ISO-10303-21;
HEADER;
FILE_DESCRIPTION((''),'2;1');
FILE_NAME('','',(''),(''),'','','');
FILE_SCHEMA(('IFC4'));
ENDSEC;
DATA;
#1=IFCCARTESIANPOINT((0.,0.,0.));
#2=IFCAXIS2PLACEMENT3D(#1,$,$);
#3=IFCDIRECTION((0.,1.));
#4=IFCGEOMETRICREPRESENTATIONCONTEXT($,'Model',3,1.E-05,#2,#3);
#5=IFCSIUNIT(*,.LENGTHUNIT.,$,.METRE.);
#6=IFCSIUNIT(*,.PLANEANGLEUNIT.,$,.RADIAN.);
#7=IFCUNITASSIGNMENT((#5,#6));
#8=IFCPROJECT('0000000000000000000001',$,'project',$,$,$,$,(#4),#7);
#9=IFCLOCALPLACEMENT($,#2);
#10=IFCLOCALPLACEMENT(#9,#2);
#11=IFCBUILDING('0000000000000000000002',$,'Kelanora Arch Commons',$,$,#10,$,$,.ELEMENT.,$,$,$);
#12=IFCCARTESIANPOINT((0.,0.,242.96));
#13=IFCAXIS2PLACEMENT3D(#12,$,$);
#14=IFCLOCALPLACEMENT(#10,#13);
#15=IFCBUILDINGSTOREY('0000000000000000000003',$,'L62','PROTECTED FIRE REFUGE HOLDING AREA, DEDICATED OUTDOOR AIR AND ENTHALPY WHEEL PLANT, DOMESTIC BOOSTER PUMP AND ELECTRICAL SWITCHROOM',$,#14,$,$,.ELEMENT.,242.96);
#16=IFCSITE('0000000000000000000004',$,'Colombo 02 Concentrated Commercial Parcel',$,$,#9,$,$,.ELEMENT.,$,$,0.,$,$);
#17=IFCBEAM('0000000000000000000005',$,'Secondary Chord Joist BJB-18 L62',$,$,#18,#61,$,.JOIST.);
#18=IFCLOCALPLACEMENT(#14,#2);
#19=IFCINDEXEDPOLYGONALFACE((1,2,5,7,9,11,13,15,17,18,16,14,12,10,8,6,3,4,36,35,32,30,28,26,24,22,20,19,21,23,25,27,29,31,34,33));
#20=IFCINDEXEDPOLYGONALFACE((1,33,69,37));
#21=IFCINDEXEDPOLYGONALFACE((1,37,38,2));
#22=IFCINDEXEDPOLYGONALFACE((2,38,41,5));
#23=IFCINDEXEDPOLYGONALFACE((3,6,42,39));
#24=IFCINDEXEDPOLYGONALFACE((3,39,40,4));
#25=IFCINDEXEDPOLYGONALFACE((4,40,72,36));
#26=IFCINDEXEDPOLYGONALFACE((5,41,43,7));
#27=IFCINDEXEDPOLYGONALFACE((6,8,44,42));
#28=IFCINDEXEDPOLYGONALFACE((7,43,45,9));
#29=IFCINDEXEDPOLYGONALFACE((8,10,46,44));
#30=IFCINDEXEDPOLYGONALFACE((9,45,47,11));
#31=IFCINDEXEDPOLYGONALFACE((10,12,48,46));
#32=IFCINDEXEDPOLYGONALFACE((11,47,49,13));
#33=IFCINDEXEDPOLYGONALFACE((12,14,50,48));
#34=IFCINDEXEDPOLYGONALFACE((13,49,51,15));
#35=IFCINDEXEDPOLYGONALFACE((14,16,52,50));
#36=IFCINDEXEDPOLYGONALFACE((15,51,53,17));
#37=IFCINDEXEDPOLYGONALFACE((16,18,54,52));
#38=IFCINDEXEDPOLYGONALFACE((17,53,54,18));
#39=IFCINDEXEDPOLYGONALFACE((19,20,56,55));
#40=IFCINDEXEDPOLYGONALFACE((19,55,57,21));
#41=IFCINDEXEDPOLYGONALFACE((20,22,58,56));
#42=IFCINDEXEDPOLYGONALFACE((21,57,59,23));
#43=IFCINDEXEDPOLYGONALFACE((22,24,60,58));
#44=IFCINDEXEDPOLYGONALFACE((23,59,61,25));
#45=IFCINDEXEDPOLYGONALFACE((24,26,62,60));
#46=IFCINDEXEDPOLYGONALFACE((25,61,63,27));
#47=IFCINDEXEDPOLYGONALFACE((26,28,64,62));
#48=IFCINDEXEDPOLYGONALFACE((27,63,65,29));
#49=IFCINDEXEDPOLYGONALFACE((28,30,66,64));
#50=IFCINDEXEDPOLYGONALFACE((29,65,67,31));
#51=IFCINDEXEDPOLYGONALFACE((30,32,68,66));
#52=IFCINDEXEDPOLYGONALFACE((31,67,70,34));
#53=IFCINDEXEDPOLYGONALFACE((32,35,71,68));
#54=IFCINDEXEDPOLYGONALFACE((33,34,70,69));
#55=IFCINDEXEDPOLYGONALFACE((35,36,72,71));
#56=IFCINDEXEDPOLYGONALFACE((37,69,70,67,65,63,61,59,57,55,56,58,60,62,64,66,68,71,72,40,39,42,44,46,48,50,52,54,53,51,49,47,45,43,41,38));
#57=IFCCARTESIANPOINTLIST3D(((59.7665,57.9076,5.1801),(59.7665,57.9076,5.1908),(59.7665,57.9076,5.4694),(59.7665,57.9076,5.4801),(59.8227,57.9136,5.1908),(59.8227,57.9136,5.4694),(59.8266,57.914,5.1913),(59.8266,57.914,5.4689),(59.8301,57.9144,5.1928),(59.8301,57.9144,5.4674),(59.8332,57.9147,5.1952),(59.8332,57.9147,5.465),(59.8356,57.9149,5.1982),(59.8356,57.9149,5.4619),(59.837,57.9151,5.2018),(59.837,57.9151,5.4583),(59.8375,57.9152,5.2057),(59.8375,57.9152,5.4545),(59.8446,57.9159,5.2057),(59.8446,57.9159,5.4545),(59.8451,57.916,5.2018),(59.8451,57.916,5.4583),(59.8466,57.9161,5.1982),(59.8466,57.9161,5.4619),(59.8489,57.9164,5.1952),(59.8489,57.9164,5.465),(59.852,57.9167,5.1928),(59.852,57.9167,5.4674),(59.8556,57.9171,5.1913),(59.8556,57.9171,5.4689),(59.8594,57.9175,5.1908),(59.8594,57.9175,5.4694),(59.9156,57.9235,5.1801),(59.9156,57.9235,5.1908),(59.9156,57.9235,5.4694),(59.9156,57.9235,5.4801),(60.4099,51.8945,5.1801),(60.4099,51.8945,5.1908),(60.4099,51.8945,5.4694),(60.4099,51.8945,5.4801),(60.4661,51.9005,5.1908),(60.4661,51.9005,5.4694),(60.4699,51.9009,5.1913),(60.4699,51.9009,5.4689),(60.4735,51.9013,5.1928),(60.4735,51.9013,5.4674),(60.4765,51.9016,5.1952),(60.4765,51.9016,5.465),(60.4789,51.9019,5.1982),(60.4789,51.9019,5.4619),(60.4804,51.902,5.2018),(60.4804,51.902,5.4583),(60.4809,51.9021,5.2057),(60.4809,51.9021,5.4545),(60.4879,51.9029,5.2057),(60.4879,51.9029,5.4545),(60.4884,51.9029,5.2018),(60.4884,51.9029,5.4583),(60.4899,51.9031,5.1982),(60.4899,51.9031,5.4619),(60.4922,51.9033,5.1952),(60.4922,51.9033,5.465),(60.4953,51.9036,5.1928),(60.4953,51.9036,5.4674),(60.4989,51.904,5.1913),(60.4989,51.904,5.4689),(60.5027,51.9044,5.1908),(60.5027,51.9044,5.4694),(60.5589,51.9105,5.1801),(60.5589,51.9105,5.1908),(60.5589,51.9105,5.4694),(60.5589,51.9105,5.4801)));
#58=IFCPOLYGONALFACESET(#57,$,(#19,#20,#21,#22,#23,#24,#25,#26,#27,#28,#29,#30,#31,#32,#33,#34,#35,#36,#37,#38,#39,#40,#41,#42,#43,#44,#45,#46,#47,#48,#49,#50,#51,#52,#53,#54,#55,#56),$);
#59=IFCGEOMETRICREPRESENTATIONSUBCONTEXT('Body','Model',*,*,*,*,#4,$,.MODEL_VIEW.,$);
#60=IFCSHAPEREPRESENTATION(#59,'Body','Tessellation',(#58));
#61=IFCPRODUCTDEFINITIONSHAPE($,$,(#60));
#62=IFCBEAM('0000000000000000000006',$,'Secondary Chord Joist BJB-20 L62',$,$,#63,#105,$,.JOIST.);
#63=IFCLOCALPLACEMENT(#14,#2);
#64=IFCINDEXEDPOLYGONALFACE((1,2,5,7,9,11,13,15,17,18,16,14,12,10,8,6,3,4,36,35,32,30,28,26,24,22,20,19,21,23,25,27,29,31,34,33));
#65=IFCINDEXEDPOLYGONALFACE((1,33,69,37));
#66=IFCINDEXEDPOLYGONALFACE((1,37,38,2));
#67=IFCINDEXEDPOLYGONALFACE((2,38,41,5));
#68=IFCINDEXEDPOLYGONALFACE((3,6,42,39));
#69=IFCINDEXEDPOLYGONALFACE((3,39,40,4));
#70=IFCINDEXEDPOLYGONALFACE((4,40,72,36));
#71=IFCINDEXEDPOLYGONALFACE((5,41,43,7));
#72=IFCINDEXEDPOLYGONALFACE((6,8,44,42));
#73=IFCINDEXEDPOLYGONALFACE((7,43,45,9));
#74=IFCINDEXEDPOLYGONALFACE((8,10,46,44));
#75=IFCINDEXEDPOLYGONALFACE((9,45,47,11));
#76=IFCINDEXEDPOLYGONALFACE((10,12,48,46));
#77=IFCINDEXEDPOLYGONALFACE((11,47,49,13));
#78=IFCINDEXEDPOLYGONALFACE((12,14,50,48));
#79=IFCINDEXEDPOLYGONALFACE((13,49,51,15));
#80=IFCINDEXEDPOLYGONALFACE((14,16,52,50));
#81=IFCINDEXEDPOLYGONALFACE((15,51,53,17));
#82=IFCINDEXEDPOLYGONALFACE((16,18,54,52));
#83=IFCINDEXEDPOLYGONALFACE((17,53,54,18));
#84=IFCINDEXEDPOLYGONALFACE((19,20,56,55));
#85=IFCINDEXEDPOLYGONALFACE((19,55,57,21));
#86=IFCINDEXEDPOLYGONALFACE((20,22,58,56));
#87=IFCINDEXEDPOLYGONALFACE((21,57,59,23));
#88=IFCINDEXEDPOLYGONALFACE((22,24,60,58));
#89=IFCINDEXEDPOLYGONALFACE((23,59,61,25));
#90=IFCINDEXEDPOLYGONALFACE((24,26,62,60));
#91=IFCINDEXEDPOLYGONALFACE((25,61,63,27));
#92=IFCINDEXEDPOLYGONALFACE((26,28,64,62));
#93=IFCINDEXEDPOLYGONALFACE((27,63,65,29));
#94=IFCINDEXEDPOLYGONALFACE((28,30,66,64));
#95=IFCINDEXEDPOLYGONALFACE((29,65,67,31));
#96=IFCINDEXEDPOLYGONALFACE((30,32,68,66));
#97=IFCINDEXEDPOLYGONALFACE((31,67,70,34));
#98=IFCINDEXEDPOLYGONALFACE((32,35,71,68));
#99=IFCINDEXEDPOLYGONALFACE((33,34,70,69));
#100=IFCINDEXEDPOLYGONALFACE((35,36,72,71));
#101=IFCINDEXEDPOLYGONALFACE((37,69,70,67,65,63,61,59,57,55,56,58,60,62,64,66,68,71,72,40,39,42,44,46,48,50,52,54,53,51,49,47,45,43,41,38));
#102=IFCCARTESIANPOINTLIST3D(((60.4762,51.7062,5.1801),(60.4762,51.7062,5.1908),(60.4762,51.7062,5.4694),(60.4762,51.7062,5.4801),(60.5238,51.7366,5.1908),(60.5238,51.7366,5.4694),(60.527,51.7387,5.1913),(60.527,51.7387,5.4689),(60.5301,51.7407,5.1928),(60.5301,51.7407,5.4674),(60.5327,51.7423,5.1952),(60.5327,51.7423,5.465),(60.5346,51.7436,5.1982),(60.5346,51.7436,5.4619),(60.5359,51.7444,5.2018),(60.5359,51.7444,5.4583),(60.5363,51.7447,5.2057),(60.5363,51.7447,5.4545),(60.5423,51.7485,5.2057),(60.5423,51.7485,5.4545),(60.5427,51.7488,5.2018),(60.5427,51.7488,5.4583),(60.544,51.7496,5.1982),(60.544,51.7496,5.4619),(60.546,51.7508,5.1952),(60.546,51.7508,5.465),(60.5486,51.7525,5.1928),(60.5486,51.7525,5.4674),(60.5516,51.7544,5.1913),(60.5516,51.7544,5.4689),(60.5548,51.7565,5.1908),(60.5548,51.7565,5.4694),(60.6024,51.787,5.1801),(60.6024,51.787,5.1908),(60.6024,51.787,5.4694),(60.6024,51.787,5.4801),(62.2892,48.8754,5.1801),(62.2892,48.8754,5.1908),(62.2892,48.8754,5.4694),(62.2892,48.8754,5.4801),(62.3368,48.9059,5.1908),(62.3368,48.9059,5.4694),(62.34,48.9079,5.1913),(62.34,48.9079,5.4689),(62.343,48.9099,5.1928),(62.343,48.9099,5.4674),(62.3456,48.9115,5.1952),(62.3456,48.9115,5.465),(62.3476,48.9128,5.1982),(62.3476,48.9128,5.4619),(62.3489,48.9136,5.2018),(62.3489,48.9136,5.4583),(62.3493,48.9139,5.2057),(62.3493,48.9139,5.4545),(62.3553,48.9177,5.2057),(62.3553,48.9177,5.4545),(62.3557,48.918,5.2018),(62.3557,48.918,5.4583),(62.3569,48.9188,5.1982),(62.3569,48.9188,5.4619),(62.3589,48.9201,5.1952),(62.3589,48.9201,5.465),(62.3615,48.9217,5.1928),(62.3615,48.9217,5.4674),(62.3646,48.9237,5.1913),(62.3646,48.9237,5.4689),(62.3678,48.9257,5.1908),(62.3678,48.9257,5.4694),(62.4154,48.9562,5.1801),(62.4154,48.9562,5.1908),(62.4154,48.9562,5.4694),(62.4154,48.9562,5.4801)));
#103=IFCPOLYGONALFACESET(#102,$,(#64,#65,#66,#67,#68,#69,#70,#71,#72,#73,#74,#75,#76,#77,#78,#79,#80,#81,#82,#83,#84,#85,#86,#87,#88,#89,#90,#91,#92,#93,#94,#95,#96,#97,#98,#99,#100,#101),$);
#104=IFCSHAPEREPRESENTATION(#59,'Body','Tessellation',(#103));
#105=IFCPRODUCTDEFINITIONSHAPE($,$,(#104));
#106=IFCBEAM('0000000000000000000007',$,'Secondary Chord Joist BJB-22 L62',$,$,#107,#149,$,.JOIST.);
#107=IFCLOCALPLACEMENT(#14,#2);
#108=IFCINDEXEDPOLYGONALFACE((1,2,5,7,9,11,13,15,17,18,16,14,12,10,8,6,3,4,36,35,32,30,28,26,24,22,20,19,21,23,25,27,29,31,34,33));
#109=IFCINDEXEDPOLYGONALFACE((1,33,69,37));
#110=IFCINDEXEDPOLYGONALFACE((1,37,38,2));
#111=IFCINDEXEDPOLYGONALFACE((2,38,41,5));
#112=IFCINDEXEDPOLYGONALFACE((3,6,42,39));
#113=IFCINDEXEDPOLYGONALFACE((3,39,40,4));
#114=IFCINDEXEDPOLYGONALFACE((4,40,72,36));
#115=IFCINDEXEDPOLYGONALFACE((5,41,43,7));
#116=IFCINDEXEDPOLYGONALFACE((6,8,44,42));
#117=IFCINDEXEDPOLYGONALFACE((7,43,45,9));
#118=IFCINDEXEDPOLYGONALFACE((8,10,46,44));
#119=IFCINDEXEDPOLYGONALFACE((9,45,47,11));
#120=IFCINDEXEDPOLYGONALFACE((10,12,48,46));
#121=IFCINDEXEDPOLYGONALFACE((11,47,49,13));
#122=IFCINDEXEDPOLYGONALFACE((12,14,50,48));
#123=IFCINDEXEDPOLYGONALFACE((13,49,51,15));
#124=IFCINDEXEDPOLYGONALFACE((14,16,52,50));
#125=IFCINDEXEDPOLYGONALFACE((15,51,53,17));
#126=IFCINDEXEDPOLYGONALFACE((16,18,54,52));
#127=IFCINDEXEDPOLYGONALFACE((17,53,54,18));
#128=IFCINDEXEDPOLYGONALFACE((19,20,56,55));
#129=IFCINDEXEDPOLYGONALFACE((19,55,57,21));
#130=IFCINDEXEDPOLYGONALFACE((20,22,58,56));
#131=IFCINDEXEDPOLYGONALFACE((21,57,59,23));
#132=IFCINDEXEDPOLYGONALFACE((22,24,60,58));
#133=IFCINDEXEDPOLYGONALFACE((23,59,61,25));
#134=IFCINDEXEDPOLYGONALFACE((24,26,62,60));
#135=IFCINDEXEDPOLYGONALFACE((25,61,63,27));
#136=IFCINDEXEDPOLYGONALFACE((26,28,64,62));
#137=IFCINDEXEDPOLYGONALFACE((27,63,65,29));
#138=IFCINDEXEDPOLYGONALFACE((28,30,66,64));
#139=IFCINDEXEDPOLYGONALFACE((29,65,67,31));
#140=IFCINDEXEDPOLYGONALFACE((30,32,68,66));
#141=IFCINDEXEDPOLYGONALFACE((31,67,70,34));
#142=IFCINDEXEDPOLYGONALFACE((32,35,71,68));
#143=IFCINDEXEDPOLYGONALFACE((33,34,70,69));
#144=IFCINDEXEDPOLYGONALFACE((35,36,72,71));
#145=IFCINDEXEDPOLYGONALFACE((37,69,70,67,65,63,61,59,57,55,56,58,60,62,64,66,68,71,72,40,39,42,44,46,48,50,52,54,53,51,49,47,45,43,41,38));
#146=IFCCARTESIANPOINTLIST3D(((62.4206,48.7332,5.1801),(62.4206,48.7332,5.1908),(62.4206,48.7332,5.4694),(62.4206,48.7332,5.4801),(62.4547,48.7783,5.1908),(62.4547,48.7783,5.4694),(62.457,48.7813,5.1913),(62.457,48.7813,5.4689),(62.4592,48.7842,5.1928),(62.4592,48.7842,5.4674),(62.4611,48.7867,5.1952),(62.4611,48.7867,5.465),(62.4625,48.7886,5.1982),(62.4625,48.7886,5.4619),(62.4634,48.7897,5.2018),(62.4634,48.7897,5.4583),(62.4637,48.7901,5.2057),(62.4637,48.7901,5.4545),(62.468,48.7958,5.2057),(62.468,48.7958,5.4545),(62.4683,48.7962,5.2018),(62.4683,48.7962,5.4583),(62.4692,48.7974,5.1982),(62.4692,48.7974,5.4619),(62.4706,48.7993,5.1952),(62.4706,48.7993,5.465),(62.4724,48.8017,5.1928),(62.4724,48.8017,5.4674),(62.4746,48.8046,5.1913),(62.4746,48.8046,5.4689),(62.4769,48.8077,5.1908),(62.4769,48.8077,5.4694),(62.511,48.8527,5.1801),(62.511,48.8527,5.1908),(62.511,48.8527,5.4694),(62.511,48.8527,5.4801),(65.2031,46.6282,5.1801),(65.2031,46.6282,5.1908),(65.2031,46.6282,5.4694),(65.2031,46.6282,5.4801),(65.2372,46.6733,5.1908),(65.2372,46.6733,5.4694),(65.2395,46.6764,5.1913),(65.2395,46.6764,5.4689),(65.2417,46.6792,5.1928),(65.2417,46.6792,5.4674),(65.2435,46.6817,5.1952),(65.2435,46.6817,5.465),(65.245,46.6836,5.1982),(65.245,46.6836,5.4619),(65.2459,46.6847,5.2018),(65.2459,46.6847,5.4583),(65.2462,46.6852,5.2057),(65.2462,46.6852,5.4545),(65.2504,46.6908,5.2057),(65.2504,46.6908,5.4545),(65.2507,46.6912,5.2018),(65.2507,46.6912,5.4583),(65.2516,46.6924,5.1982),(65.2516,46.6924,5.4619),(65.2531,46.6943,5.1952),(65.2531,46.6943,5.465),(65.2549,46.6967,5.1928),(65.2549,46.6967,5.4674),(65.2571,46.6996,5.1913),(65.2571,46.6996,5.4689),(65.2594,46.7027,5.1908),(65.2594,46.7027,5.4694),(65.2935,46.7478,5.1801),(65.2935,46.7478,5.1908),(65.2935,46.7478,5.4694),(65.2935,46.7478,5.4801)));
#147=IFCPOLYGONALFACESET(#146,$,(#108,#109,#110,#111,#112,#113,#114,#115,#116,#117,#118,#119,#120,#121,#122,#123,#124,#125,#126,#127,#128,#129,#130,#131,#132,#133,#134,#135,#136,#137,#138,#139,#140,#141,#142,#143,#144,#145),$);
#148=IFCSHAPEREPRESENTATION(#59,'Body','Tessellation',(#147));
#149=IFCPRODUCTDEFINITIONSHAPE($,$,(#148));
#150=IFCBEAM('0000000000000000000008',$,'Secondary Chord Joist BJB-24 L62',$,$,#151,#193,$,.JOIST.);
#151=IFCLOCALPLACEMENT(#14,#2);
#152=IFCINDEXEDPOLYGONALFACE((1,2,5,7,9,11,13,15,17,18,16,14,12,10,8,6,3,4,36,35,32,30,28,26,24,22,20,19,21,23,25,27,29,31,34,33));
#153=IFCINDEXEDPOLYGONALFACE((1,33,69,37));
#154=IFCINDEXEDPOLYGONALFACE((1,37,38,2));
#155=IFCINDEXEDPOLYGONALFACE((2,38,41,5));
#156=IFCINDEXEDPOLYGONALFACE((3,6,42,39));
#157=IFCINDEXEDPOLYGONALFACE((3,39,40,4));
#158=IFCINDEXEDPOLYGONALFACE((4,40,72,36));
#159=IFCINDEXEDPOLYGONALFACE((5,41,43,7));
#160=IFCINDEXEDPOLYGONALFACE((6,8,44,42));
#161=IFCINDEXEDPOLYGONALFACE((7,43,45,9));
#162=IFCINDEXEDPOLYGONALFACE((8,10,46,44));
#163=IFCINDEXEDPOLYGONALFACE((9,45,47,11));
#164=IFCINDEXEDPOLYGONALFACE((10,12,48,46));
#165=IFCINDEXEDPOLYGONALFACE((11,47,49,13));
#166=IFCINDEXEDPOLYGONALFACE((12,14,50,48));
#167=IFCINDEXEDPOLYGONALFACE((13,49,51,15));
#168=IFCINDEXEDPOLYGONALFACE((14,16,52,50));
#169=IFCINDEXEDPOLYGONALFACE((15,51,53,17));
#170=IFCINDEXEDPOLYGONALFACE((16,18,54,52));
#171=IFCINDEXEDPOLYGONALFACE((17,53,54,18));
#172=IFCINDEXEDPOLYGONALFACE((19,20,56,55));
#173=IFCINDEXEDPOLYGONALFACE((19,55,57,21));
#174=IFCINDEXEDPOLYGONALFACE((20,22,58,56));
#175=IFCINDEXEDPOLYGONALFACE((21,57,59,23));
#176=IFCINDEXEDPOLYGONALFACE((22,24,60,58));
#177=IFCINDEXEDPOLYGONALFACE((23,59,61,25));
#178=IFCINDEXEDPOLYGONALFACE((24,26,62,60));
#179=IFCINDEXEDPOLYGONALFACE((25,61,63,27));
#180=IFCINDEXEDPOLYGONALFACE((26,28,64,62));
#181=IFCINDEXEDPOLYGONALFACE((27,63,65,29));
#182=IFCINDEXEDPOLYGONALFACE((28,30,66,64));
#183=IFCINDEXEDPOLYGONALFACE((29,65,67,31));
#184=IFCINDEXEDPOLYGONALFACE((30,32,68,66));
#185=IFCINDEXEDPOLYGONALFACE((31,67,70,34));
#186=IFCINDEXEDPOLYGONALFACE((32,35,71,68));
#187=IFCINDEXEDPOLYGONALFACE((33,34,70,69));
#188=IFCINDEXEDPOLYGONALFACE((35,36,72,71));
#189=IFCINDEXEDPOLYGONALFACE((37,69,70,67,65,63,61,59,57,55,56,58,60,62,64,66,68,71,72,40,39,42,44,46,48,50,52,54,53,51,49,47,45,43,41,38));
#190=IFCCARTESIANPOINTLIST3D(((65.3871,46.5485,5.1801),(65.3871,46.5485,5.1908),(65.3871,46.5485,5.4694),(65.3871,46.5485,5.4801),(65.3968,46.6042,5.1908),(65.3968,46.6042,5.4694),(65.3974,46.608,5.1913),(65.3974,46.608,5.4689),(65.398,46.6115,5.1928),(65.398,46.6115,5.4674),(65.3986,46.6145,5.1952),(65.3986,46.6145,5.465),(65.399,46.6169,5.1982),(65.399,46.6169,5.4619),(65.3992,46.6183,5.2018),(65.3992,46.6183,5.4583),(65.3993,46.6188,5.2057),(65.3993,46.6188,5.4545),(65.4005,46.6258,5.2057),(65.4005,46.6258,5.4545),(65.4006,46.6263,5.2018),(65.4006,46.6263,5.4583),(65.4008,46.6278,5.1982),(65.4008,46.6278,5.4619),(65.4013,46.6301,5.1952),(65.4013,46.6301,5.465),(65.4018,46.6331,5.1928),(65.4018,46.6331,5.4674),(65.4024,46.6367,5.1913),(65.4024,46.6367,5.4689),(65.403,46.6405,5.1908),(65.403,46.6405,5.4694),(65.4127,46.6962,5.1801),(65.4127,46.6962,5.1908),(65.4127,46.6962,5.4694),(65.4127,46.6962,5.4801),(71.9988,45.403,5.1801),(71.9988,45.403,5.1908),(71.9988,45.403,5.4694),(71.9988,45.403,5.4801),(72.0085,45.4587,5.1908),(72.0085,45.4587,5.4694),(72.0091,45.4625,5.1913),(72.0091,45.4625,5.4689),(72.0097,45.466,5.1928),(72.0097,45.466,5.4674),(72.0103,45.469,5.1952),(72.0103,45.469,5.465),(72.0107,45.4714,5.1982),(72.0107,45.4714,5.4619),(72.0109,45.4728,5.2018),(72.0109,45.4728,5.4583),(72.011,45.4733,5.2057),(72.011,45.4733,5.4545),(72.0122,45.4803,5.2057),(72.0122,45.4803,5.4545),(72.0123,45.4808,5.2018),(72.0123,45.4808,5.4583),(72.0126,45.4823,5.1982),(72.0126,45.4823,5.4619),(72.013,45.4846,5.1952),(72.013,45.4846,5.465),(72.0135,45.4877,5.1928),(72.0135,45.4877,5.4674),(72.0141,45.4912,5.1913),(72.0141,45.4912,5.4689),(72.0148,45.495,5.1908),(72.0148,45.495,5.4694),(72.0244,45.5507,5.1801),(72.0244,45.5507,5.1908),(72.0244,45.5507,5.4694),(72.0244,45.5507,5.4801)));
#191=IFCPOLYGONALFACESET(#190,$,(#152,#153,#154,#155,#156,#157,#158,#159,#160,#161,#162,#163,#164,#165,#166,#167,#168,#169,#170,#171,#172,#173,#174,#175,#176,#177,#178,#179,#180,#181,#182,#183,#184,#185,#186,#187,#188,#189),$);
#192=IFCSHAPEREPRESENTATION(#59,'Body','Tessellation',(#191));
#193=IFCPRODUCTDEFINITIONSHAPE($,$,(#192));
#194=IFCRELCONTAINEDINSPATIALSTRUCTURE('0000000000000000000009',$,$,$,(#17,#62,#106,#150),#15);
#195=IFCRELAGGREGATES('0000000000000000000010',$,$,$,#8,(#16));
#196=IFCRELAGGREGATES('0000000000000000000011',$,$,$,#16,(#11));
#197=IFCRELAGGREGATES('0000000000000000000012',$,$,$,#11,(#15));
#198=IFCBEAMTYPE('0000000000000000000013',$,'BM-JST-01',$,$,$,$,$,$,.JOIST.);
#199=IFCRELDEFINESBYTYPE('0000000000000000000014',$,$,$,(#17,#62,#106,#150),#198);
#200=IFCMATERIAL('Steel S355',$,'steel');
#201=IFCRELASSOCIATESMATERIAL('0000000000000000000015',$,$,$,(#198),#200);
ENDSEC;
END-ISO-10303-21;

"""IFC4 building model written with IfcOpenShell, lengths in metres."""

from ifc_helpers import new_model, si_unit, direction, frame, origin, origin_2d, place, context, subcontext, project, spatial, i_section, extrude, material, material_profile, profile_set, type_object, element, save


model = new_model("IFC4")

# Units and contexts
model_context = context("Model", 3, precision=1e-05, world=origin(), true_north=direction((0.0, 1.0)))
body_context = subcontext(model_context, "Body", "Model", "MODEL_VIEW")
ifc_project = project(units=[si_unit("LENGTHUNIT", "METRE"), si_unit("PLANEANGLEUNIT", "RADIAN")], contexts=[model_context])

# Site, building, storey
site_placement = place(None, origin())
site = spatial("IfcSite", under=ifc_project, at=site_placement, Name="Colombo 02 Concentrated Commercial Parcel", CompositionType="ELEMENT", RefElevation=0.0)
building_placement = place(site_placement, origin())
building = spatial("IfcBuilding", under=site, at=building_placement, Name="Kelanora Arch Commons", CompositionType="ELEMENT")
storey_placement = place(building_placement, frame((0.0, 0.0, 242.96)))
storey = spatial("IfcBuildingStorey", under=building, at=storey_placement, Name="L62", Description="PROTECTED FIRE REFUGE HOLDING AREA, DEDICATED OUTDOOR AIR AND ENTHALPY WHEEL PLANT, DOMESTIC BOOSTER PUMP AND ELECTRICAL SWITCHROOM", CompositionType="ELEMENT", Elevation=242.96)

# Beams
ifc_material_1 = material(Name="Steel S355", Category="steel")
ifc_material_profile_1 = material_profile(ifc_material_1, i_section(OverallWidth=0.1499, OverallDepth=0.3, WebThickness=0.0071, FlangeThickness=0.0107, FilletRadius=0.0149, at=origin_2d()), Name="IPE300")
ifc_profile_set_1 = profile_set([ifc_material_profile_1], Name="Steel S355")
beam_type_1 = type_object("IfcBeamType", Name="BM-JST-01", PredefinedType="JOIST", material=ifc_profile_set_1)
beam_1_placement = place(storey_placement, frame((59.8411, 57.9155, 5.3301), z_axis=(0.106381, -0.994325, 0.0), x_axis=(0.994325, 0.106381, 0.0)))
element("IfcBeam", 1, at=beam_1_placement, inside=storey, type_object=beam_type_1, Name="Secondary Chord Joist BJB-18 L62", PredefinedType="JOIST", context=body_context, shape_type="SweptSolid", body=[
    extrude(i_section(OverallWidth=0.1499, OverallDepth=0.3, WebThickness=0.0071, FlangeThickness=0.0107, FilletRadius=0.0149, at=origin_2d()), origin(), (0.0, 0.0, 1.0), 6.0474),
])
beam_2_placement = place(storey_placement, frame((60.5393, 51.7466, 5.3301), z_axis=(0.539322, -0.8421, 0.0), x_axis=(0.8421, 0.539322, 0.0)))
element("IfcBeam", 2, at=beam_2_placement, inside=storey, type_object=beam_type_1, Name="Secondary Chord Joist BJB-20 L62", PredefinedType="JOIST", context=body_context, shape_type="SweptSolid", body=[
    extrude(i_section(OverallWidth=0.1499, OverallDepth=0.3, WebThickness=0.0071, FlangeThickness=0.0107, FilletRadius=0.0149, at=origin_2d()), origin(), (0.0, 0.0, 1.0), 3.3616),
])
beam_3_placement = place(storey_placement, frame((62.4658, 48.793, 5.3301), z_axis=(0.797499, -0.60332, 0.0), x_axis=(0.60332, 0.797499, 0.0)))
element("IfcBeam", 3, at=beam_3_placement, inside=storey, type_object=beam_type_1, Name="Secondary Chord Joist BJB-22 L62", PredefinedType="JOIST", context=body_context, shape_type="SweptSolid", body=[
    extrude(i_section(OverallWidth=0.1499, OverallDepth=0.3, WebThickness=0.0071, FlangeThickness=0.0107, FilletRadius=0.0149, at=origin_2d()), origin(), (0.0, 0.0, 1.0), 3.489),
])
beam_4_placement = place(storey_placement, frame((65.3999, 46.6223, 5.3301), z_axis=(0.985322, -0.170709, 0.0), x_axis=(0.170709, 0.985322, 0.0)))
element("IfcBeam", 4, at=beam_4_placement, inside=storey, type_object=beam_type_1, Name="Secondary Chord Joist BJB-24 L62", PredefinedType="JOIST", context=body_context, shape_type="SweptSolid", body=[
    extrude(i_section(OverallWidth=0.1499, OverallDepth=0.3, WebThickness=0.0071, FlangeThickness=0.0107, FilletRadius=0.0149, at=origin_2d()), origin(), (0.0, 0.0, 1.0), 6.7102),
])

save(model, "model.ifc")
